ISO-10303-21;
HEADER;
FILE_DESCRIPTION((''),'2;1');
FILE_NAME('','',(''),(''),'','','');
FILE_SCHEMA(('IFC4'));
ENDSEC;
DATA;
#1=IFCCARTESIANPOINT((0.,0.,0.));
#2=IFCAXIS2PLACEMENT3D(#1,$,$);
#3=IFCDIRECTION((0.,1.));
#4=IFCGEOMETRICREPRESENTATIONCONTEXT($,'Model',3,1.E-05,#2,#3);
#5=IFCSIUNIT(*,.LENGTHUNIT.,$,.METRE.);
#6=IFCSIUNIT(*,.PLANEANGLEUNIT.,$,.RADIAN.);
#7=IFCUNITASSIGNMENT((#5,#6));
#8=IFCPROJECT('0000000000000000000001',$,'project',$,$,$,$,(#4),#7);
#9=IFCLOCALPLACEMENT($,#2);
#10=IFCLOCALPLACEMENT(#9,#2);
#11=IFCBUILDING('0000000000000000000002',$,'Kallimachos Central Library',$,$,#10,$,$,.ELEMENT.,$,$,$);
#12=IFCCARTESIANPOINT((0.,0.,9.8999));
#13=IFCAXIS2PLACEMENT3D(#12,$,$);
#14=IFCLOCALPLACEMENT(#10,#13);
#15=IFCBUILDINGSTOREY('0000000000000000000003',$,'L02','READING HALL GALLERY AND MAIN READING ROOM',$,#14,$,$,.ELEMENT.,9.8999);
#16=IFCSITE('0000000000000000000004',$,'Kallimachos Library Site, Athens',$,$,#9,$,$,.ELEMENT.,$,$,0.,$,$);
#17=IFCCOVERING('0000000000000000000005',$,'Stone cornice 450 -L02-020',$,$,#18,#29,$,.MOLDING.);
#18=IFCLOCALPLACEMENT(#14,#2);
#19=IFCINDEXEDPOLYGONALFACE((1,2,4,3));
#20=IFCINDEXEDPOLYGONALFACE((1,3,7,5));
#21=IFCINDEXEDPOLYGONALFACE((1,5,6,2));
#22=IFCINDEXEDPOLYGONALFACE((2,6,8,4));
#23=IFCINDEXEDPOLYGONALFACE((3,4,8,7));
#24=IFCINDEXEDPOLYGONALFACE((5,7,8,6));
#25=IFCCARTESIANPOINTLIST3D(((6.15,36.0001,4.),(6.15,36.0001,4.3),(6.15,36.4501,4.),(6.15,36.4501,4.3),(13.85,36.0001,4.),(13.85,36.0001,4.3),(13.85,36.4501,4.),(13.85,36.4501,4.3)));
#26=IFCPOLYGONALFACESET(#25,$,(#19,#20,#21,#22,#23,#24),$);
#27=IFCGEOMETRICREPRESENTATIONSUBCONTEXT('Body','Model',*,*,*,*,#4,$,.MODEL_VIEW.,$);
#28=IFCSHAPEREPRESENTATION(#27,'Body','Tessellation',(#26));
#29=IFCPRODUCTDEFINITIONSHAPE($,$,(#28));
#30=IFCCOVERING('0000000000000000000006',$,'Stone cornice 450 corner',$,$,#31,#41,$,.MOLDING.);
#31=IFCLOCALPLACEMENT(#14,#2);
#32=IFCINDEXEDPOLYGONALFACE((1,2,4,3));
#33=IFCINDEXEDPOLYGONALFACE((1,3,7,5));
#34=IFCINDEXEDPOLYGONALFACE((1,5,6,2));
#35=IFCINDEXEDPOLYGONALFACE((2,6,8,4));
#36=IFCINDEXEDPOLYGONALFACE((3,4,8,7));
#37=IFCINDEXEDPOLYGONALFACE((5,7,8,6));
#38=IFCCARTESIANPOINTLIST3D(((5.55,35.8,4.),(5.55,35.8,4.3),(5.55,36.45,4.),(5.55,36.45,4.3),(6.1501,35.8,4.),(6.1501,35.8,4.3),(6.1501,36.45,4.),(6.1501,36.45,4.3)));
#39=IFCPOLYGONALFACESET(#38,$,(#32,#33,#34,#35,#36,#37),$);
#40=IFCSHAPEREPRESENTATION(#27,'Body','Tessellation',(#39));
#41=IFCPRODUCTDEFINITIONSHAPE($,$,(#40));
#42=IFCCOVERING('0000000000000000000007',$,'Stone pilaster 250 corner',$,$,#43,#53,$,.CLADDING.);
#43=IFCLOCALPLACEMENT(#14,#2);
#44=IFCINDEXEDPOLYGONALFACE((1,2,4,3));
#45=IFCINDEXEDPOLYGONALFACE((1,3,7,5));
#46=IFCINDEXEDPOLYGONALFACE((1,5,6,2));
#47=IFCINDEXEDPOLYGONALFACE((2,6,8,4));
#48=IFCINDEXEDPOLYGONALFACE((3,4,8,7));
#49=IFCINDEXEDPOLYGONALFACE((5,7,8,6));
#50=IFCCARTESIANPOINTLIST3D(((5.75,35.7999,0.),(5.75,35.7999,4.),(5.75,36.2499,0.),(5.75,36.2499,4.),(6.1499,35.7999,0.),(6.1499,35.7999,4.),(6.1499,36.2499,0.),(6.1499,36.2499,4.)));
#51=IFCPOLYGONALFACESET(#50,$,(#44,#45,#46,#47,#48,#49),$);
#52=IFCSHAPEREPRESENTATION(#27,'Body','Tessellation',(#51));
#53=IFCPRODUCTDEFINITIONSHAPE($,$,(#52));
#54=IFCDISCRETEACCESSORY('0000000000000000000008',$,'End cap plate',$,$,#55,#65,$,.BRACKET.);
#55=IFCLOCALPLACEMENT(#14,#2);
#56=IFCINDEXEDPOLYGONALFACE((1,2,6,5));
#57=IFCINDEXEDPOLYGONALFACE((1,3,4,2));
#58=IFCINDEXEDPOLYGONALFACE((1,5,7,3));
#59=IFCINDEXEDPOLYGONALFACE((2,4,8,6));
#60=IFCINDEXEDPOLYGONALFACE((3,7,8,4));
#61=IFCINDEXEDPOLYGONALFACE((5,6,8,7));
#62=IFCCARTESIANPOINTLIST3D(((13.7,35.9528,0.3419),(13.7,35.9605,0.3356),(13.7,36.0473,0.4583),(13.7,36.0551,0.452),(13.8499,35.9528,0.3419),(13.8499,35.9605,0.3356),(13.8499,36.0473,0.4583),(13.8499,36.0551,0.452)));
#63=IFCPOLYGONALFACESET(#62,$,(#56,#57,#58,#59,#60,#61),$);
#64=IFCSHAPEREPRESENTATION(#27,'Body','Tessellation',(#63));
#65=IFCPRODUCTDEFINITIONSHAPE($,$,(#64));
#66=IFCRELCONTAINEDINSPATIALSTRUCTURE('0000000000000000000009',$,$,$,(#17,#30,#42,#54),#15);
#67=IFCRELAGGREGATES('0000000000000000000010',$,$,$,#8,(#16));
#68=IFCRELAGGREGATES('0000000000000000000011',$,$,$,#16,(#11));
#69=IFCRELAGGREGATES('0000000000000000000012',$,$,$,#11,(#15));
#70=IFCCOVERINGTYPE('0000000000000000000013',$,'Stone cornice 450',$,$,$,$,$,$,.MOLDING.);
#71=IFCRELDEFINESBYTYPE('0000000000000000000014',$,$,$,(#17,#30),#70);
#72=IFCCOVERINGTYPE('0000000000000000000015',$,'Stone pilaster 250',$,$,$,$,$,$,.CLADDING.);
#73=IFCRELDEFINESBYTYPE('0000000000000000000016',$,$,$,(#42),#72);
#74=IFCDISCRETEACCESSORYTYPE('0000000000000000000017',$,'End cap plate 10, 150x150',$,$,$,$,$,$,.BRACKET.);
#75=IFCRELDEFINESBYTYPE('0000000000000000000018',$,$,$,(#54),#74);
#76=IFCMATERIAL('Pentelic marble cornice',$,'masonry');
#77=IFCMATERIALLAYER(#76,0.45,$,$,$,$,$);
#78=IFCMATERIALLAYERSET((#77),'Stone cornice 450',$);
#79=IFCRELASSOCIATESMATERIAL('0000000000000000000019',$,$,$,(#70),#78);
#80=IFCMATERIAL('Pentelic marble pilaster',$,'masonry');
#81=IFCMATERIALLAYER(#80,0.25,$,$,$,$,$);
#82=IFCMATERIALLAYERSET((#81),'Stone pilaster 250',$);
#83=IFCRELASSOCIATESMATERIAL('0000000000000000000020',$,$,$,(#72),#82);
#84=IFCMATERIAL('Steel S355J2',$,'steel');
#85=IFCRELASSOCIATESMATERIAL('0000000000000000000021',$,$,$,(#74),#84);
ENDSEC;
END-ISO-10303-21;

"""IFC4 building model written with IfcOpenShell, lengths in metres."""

from ifc_helpers import new_model, si_unit, direction, frame, origin, origin_2d, place, context, subcontext, project, spatial, rectangle, extrude, material, layer, layer_set, material_profile, profile_set, type_object, element, save


model = new_model("IFC4")

# Units and contexts
model_context = context("Model", 3, precision=1e-05, world=origin(), true_north=direction((0.0, 1.0)))
body_context = subcontext(model_context, "Body", "Model", "MODEL_VIEW")
ifc_project = project(units=[si_unit("LENGTHUNIT", "METRE"), si_unit("PLANEANGLEUNIT", "RADIAN")], contexts=[model_context])

# Site, building, storey
site_placement = place(None, origin())
site = spatial("IfcSite", under=ifc_project, at=site_placement, Name="Kallimachos Library Site, Athens", CompositionType="ELEMENT", RefElevation=0.0)
building_placement = place(site_placement, origin())
building = spatial("IfcBuilding", under=site, at=building_placement, Name="Kallimachos Central Library", CompositionType="ELEMENT")
storey_placement = place(building_placement, frame((0.0, 0.0, 9.8999)))
storey = spatial("IfcBuildingStorey", under=building, at=storey_placement, Name="L02", Description="READING HALL GALLERY AND MAIN READING ROOM", CompositionType="ELEMENT", Elevation=9.8999)

# Coverings
ifc_material_1 = material(Name="Pentelic marble cornice", Category="masonry")
ifc_layer_1 = layer(ifc_material_1, 0.45)
ifc_layer_set_1 = layer_set([ifc_layer_1], Name="Stone cornice 450")
covering_type_1 = type_object("IfcCoveringType", Name="Stone cornice 450", PredefinedType="MOLDING", material=ifc_layer_set_1)
covering_1_placement = place(storey_placement, frame((10.0, 36.2251, 4.0), z_axis=(0.0, 0.0, 1.0), x_axis=(1.0, 0.0, 0.0)))
element("IfcCovering", 1, at=covering_1_placement, inside=storey, type_object=covering_type_1, Name="Stone cornice 450 -L02-020", PredefinedType="MOLDING", context=body_context, shape_type="SweptSolid", body=[
    extrude(rectangle(XDim=7.7, YDim=0.45, at=origin_2d()), origin(), (0.0, 0.0, 1.0), 0.3),
])
covering_2_placement = place(storey_placement, frame((5.8501, 36.125, 4.0), z_axis=(0.0, 0.0, 1.0), x_axis=(1.0, 0.0, 0.0)))
element("IfcCovering", 2, at=covering_2_placement, inside=storey, type_object=covering_type_1, Name="Stone cornice 450 corner", PredefinedType="MOLDING", context=body_context, shape_type="SweptSolid", body=[
    extrude(rectangle(XDim=0.6001, YDim=0.6499, at=origin_2d()), origin(), (0.0, 0.0, 1.0), 0.3),
])
ifc_material_2 = material(Name="Pentelic marble pilaster", Category="masonry")
ifc_layer_2 = layer(ifc_material_2, 0.25)
ifc_layer_set_2 = layer_set([ifc_layer_2], Name="Stone pilaster 250")
covering_type_2 = type_object("IfcCoveringType", Name="Stone pilaster 250", PredefinedType="CLADDING", material=ifc_layer_set_2)
covering_3_placement = place(storey_placement, frame((5.95, 36.0249, 0.0), z_axis=(0.0, 0.0, 1.0), x_axis=(1.0, 0.0, 0.0)))
element("IfcCovering", 3, at=covering_3_placement, inside=storey, type_object=covering_type_2, Name="Stone pilaster 250 corner", PredefinedType="CLADDING", context=body_context, shape_type="SweptSolid", body=[
    extrude(rectangle(XDim=0.3999, YDim=0.45, at=origin_2d()), origin(), (0.0, 0.0, 1.0), 4.0),
])

# Discrete accessory
ifc_material_3 = material(Name="Steel S355J2", Category="steel")
ifc_material_profile_1 = material_profile(ifc_material_3, rectangle(XDim=0.1499, YDim=0.1499, at=origin_2d()), Name="End cap plate 10, 150x150")
ifc_profile_set_1 = profile_set([ifc_material_profile_1], Name="Steel S355J2")
discrete_accessory_type = type_object("IfcDiscreteAccessoryType", Name="End cap plate 10, 150x150", PredefinedType="BRACKET", material=ifc_profile_set_1)
discrete_accessory_placement = place(storey_placement, frame((13.7749, 36.0078, 0.3938), z_axis=(0.0, -0.776114, 0.630593), x_axis=(1.0, 0.0, 0.0)))
element("IfcDiscreteAccessory", 4, at=discrete_accessory_placement, inside=storey, type_object=discrete_accessory_type, Name="End cap plate", PredefinedType="BRACKET", context=body_context, shape_type="SweptSolid", body=[
    extrude(rectangle(XDim=0.1499, YDim=0.1499, at=origin_2d()), origin(), (0.0, 0.0, 1.0), 0.01),
])

save(model, "model.ifc")
